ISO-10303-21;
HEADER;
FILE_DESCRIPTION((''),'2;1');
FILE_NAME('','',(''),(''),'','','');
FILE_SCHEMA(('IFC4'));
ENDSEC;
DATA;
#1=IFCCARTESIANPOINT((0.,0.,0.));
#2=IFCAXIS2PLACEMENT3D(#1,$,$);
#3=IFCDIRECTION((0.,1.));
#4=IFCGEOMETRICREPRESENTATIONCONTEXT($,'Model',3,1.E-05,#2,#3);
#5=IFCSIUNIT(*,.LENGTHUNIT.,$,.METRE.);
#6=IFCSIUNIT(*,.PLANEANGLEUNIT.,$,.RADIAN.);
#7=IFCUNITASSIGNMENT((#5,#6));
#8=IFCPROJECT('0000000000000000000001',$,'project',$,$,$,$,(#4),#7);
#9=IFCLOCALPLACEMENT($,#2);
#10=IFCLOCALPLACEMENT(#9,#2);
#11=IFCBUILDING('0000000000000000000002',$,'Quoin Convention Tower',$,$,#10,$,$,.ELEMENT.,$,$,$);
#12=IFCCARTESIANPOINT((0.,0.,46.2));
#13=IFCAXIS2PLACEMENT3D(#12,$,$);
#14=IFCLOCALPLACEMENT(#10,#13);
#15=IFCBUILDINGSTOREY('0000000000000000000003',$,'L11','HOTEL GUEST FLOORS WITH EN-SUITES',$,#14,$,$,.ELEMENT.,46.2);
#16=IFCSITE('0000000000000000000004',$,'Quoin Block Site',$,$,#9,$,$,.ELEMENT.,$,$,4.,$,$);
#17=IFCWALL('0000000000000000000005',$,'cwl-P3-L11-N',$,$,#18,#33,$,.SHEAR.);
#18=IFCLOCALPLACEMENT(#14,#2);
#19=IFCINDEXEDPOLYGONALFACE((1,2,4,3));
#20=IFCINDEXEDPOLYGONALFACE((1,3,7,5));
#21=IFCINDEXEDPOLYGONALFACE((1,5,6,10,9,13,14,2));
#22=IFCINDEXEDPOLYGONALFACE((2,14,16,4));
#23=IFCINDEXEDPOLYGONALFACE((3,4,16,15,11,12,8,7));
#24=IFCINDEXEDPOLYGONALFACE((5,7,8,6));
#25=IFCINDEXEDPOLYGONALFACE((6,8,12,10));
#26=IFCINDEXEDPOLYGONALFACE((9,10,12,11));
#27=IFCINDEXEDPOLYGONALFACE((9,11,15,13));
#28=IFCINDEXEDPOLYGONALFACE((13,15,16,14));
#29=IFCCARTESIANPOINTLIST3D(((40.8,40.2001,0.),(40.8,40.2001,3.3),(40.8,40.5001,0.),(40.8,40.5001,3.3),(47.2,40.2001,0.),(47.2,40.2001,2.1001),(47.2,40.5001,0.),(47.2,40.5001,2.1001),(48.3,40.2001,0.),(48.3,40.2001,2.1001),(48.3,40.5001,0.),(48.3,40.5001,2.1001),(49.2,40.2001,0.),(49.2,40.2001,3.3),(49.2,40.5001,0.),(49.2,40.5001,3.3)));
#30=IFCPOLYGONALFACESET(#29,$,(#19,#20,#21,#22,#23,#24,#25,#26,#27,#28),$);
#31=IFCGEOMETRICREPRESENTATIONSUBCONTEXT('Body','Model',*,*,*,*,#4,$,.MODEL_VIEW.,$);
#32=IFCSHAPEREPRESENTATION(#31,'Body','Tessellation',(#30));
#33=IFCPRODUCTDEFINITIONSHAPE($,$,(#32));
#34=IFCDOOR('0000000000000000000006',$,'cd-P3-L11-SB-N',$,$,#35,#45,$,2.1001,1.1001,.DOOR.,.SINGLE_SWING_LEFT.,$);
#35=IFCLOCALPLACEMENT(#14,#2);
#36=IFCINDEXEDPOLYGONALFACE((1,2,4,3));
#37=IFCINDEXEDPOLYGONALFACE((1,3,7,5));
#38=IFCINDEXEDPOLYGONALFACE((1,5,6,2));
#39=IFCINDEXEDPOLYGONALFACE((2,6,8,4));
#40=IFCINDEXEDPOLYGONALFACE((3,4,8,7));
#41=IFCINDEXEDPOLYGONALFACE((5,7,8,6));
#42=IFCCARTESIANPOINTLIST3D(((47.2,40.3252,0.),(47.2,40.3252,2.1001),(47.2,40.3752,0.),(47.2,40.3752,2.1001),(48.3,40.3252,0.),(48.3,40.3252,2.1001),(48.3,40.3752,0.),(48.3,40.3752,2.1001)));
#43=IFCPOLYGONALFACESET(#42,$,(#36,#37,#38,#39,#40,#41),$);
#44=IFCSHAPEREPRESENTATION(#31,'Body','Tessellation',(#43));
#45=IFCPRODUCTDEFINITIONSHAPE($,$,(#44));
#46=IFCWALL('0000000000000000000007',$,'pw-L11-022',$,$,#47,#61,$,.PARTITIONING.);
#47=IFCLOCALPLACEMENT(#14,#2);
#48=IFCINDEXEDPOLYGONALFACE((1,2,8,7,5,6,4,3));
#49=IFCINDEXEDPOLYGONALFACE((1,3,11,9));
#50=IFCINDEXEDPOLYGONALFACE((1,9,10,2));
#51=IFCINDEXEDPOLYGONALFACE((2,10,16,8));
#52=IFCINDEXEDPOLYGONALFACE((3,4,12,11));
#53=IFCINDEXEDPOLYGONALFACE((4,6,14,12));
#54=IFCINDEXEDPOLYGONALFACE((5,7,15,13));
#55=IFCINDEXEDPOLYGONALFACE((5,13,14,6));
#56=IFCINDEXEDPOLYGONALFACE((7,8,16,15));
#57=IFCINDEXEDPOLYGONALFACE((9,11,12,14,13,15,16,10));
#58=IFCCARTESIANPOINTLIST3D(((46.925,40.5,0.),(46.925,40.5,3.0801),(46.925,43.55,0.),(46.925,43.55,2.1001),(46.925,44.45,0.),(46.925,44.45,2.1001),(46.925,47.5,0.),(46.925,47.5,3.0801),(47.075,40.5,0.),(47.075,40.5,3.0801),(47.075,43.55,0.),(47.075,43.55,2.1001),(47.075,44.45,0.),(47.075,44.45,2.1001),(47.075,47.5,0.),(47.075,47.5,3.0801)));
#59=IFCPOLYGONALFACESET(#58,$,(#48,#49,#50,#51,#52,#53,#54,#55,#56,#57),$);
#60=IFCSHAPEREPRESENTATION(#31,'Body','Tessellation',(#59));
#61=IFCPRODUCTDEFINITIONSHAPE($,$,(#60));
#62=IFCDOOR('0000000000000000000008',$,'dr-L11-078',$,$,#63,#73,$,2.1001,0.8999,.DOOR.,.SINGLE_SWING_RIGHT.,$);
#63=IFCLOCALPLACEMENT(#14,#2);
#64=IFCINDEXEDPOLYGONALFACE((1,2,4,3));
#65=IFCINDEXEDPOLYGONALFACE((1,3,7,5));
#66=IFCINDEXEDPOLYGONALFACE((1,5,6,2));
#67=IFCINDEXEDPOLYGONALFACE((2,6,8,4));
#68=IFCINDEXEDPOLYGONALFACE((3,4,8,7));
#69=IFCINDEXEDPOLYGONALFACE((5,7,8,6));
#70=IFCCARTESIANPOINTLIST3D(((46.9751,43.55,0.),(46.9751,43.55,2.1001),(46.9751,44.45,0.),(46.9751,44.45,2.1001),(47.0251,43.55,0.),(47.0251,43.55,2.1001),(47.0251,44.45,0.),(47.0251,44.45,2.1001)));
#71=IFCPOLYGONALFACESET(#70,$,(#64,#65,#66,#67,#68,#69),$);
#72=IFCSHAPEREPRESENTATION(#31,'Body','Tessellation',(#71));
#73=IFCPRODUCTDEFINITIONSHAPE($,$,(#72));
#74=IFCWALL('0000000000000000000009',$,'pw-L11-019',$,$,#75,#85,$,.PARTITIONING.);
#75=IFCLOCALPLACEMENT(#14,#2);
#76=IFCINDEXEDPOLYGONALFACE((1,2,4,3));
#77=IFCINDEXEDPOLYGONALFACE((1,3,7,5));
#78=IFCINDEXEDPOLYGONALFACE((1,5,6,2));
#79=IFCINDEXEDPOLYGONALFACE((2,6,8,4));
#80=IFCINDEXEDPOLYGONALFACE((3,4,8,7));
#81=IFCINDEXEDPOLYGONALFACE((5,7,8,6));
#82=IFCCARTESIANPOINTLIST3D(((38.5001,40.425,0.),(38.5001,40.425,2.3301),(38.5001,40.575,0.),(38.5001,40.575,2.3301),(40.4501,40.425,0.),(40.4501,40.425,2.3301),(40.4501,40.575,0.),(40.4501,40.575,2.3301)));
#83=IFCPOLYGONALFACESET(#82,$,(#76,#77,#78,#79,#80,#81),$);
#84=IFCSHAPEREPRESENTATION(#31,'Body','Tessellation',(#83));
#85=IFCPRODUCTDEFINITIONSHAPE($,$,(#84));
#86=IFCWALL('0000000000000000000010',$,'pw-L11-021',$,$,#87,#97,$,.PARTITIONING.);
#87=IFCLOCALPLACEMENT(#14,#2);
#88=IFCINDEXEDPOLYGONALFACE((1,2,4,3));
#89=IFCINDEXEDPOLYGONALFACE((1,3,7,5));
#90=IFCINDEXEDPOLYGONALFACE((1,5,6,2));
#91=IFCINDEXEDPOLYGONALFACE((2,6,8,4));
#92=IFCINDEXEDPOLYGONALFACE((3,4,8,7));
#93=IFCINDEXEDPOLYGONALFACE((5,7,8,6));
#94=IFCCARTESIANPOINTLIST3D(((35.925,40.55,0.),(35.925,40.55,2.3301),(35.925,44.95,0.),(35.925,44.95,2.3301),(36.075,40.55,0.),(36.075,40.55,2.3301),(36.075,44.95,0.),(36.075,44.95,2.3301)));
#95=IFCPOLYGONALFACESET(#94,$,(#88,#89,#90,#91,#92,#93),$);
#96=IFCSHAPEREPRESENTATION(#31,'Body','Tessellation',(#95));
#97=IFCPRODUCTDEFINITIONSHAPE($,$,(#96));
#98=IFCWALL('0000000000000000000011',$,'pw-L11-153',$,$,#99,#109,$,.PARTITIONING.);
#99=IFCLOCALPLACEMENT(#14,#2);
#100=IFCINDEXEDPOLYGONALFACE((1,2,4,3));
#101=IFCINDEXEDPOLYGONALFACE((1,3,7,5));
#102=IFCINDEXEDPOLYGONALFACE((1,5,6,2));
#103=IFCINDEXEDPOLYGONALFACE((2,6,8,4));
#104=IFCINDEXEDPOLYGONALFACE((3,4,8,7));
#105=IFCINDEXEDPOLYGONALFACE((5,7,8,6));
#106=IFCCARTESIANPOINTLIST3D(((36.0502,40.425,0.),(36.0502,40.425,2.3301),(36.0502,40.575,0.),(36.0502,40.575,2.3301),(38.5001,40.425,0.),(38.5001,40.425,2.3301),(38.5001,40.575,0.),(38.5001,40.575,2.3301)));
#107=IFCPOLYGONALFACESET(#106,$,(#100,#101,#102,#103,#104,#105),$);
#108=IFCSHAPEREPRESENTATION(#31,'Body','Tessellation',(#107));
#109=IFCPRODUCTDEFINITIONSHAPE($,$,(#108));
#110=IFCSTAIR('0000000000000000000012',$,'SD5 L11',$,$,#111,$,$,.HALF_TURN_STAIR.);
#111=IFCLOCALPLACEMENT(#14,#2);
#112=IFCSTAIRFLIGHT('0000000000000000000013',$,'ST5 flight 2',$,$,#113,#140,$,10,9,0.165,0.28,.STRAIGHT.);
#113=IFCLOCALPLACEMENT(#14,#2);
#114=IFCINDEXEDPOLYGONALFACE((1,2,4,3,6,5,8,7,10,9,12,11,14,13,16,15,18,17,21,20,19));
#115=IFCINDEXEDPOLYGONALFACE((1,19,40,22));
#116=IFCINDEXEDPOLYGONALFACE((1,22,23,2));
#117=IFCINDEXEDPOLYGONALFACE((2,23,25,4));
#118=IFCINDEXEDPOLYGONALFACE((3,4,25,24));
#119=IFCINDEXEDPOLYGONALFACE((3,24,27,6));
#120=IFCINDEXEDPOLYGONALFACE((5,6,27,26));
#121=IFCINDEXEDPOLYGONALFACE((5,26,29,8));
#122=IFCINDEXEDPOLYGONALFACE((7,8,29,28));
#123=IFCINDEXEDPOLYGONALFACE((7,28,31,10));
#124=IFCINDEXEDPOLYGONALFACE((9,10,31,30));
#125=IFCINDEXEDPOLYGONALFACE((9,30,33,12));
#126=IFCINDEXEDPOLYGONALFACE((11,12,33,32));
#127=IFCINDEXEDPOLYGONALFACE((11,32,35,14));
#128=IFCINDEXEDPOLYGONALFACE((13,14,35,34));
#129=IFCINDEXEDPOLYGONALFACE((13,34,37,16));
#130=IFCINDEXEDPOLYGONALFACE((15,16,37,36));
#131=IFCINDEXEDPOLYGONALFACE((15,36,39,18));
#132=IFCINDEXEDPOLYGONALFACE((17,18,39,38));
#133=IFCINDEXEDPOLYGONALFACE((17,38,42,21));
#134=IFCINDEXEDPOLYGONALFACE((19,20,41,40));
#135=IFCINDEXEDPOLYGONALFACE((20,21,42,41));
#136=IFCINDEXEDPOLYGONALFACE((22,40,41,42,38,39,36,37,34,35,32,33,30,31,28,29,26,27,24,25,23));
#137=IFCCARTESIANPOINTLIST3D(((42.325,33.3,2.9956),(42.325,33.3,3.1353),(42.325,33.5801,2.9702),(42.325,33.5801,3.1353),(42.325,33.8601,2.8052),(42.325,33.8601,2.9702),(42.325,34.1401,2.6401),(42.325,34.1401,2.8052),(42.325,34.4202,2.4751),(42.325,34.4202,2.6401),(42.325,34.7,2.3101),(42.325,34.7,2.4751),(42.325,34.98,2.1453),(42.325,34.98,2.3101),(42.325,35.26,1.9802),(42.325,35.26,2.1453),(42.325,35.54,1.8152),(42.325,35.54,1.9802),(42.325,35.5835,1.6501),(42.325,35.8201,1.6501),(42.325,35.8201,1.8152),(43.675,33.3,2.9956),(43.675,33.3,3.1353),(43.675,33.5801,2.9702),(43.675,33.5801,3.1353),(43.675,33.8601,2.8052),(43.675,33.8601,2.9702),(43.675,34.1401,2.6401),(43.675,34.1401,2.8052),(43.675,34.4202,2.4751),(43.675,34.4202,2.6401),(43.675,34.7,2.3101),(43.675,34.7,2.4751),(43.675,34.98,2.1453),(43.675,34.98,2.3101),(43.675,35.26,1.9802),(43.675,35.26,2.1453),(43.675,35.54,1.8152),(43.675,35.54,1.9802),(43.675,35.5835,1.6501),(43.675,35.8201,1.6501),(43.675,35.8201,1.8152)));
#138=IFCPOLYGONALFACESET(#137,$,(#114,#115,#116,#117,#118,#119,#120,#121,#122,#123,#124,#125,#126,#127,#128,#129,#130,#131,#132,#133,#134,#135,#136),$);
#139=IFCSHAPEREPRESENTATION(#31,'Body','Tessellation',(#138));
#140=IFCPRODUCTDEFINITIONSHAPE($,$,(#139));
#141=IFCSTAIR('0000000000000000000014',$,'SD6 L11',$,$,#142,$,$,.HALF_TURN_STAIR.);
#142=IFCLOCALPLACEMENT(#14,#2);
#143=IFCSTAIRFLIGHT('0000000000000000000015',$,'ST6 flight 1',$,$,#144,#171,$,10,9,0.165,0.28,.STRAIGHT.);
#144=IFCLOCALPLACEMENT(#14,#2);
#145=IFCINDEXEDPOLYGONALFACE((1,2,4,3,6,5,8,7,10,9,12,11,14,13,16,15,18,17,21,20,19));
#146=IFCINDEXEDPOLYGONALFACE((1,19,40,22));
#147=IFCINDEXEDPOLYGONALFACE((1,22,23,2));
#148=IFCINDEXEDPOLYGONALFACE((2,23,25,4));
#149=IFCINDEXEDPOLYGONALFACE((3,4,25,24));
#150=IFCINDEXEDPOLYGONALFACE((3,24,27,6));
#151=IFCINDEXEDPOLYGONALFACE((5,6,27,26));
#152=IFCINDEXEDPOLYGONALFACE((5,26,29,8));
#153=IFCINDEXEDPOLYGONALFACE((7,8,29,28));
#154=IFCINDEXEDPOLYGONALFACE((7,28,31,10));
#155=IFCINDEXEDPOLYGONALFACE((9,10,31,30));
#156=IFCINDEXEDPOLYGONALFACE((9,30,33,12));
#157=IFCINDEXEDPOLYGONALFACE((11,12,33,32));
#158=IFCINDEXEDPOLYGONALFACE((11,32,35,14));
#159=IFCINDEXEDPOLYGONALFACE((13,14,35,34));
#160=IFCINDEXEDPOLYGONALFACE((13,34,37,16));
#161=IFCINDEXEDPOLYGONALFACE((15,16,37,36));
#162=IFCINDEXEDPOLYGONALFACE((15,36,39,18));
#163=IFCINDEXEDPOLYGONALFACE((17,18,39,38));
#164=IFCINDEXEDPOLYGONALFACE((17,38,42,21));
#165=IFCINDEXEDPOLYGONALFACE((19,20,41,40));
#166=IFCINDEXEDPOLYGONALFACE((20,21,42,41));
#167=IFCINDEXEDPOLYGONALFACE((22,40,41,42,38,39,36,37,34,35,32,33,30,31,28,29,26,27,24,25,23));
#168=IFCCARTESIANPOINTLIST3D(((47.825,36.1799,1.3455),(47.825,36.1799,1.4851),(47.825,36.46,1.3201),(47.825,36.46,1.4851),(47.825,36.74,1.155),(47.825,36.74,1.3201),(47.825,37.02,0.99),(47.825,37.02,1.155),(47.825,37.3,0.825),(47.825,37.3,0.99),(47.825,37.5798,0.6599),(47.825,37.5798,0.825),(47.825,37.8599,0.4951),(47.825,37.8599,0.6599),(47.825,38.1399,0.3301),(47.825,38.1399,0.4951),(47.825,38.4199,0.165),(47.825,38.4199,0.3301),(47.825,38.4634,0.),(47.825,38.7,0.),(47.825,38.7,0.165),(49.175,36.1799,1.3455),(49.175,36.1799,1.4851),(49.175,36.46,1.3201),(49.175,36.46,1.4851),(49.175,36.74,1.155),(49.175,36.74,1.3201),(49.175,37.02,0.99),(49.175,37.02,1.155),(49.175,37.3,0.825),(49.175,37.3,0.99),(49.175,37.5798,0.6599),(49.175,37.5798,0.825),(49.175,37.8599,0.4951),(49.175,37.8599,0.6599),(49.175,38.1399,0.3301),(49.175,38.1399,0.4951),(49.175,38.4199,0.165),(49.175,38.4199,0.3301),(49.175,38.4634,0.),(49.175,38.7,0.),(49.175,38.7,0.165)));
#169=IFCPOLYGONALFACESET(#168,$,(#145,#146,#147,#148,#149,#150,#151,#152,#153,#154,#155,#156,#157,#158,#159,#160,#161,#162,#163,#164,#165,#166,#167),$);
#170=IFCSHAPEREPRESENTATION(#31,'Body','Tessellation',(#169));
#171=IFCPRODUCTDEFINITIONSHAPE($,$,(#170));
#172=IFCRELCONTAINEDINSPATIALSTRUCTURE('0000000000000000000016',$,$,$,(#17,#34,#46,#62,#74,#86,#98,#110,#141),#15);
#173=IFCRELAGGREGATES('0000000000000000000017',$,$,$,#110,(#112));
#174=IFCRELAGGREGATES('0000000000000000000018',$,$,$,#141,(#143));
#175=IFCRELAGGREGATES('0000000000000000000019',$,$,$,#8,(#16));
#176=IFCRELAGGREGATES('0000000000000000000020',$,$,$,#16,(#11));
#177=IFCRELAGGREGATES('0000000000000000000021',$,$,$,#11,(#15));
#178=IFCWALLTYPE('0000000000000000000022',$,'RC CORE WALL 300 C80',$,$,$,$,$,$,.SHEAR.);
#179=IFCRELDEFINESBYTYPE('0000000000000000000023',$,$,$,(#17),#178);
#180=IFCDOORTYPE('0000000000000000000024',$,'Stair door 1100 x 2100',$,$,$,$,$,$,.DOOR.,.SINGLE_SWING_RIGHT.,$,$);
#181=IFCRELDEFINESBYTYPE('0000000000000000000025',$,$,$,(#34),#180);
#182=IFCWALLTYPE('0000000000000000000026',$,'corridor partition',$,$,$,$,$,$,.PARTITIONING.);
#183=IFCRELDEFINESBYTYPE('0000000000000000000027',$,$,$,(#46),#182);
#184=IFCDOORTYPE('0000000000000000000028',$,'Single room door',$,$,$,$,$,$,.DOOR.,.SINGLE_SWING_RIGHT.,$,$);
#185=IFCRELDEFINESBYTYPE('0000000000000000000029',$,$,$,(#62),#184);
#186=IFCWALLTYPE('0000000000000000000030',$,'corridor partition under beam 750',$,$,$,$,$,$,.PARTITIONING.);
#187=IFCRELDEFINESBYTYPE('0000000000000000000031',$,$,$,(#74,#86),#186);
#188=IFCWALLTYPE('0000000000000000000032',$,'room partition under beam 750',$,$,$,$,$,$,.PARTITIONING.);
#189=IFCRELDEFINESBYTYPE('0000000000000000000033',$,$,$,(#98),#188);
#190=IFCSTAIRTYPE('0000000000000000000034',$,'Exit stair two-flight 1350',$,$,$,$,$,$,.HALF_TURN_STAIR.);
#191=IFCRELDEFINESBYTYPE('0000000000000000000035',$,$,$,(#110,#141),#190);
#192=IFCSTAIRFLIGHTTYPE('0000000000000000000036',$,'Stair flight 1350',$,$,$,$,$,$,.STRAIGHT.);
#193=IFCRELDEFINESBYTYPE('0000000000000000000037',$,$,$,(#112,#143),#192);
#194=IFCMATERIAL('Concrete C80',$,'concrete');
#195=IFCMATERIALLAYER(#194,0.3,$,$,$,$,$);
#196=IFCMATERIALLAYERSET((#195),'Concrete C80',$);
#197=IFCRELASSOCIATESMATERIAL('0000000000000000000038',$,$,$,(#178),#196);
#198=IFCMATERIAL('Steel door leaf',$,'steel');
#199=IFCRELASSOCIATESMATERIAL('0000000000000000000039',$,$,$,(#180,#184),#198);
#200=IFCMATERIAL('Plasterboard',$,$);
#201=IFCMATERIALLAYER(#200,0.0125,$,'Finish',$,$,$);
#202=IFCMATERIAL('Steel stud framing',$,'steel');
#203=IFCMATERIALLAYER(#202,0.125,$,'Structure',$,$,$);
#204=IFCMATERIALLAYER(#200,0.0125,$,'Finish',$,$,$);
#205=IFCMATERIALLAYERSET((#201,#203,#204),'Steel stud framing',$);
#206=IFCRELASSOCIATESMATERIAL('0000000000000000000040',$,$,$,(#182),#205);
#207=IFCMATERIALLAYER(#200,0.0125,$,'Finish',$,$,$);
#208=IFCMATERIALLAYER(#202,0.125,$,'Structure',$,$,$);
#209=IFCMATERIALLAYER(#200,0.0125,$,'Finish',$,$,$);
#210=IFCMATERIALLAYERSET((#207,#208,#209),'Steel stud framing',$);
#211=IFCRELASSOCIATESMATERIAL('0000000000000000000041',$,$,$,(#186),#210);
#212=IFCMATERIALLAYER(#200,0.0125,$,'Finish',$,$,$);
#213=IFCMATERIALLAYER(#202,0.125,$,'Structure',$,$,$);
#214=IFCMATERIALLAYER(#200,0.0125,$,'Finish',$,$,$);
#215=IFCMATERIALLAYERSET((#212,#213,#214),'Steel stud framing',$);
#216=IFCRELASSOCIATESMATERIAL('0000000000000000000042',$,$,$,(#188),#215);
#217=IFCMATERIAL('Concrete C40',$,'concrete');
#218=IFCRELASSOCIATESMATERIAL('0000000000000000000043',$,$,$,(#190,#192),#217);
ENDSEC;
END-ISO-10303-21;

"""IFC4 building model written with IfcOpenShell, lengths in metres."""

from ifc_helpers import new_model, si_unit, direction, frame, frame_2d, origin, place, context, subcontext, project, spatial, polyline, rectangle, outline, extrude, material, layer, layer_set, type_object, element, fill, aggregate, save


model = new_model("IFC4")

# Units and contexts
model_context = context("Model", 3, precision=1e-05, world=origin(), true_north=direction((0.0, 1.0)))
body_context = subcontext(model_context, "Body", "Model", "MODEL_VIEW")
ifc_project = project(units=[si_unit("LENGTHUNIT", "METRE"), si_unit("PLANEANGLEUNIT", "RADIAN")], contexts=[model_context])

# Site, building, storey
site_placement = place(None, origin())
site = spatial("IfcSite", under=ifc_project, at=site_placement, Name="Quoin Block Site", CompositionType="ELEMENT", RefElevation=4.0)
building_placement = place(site_placement, origin())
building = spatial("IfcBuilding", under=site, at=building_placement, Name="Quoin Convention Tower", CompositionType="ELEMENT")
storey_placement = place(building_placement, frame((0.0, 0.0, 46.2)))
storey = spatial("IfcBuildingStorey", under=building, at=storey_placement, Name="L11", Description="HOTEL GUEST FLOORS WITH EN-SUITES", CompositionType="ELEMENT", Elevation=46.2)

# Shared definitions
ifc_material_1 = material(Name="Concrete C80", Category="concrete")

# Walls, openings, doors
ifc_layer_1 = layer(ifc_material_1, 0.3)
ifc_layer_set_1 = layer_set([ifc_layer_1], Name="Concrete C80")
wall_type_1 = type_object("IfcWallType", Name="RC CORE WALL 300 C80", PredefinedType="SHEAR", material=ifc_layer_set_1)
wall_1_placement = place(storey_placement, frame((40.8, 40.3501, 0.0), z_axis=(0.0, 0.0, 1.0), x_axis=(1.0, 0.0, 0.0)))
wall_1 = element("IfcWall", 1, at=wall_1_placement, inside=storey, type_object=wall_type_1, Name="cwl-P3-L11-N", PredefinedType="SHEAR", context=body_context, shape_type="SweptSolid", body=[
    extrude(rectangle(XDim=8.3999, YDim=0.3, at=frame_2d((4.2, 0.0))), origin(), (0.0, 0.0, 1.0), 3.3),
])
opening_1_placement = place(wall_1_placement, frame((6.3999, 0.0, 0.0)))
opening_1 = element("IfcOpeningElement", 2, at=opening_1_placement, cuts=wall_1, PredefinedType="OPENING", context=body_context, shape_type="SweptSolid", body=[
    extrude(rectangle(XDim=1.1001, YDim=2.1001, at=frame_2d((0.55, 1.05))), frame((0.0, 0.1599, 0.0), z_axis=(0.0, -1.0, 0.0), x_axis=(1.0, 0.0, 0.0)), (0.0, 0.0, 1.0), 0.3201),
])
ifc_material_2 = material(Name="Steel door leaf", Category="steel")
door_type_1 = type_object("IfcDoorType", Name="Stair door 1100 x 2100", OperationType="SINGLE_SWING_RIGHT", PredefinedType="DOOR", material=ifc_material_2)
door_1_placement = place(opening_1_placement, frame((1.1001, 0.0, 0.0), z_axis=(0.0, 0.0, 1.0), x_axis=(-1.0, 0.0, 0.0)))
door_1 = element("IfcDoor", 3, at=door_1_placement, inside=storey, type_object=door_type_1, Name="cd-P3-L11-SB-N", OperationType="SINGLE_SWING_LEFT", OverallHeight=2.1001, OverallWidth=1.1001, PredefinedType="DOOR", context=body_context, shape_type="SweptSolid", body=[
    extrude(rectangle(XDim=1.1001, YDim=2.1001, at=frame_2d((0.55, 1.05))), frame((0.0, 0.0249, 0.0), z_axis=(0.0, -1.0, 0.0), x_axis=(1.0, 0.0, 0.0)), (0.0, 0.0, 1.0), 0.05),
])
fill(opening_1, door_1)
ifc_material_3 = material(Name="Plasterboard")
ifc_layer_2 = layer(ifc_material_3, 0.0125, Name="Finish")
ifc_material_4 = material(Name="Steel stud framing", Category="steel")
ifc_layer_3 = layer(ifc_material_4, 0.125, Name="Structure")
ifc_layer_4 = layer(ifc_material_3, 0.0125, Name="Finish")
ifc_layer_set_2 = layer_set([ifc_layer_2, ifc_layer_3, ifc_layer_4], Name="Steel stud framing")
wall_type_2 = type_object("IfcWallType", Name="corridor partition", PredefinedType="PARTITIONING", material=ifc_layer_set_2)
wall_2_placement = place(storey_placement, frame((47.0, 40.5, 0.0), z_axis=(0.0, 0.0, 1.0), x_axis=(0.0, 1.0, 0.0)))
wall_2 = element("IfcWall", 4, at=wall_2_placement, inside=storey, type_object=wall_type_2, Name="pw-L11-022", PredefinedType="PARTITIONING", context=body_context, shape_type="SweptSolid", body=[
    extrude(rectangle(XDim=7.0, YDim=0.1499, at=frame_2d((3.5, 0.0))), origin(), (0.0, 0.0, 1.0), 3.0801),
])
opening_2_placement = place(wall_2_placement, frame((3.05, 0.0, 0.0)))
opening_2 = element("IfcOpeningElement", 5, at=opening_2_placement, cuts=wall_2, PredefinedType="OPENING", context=body_context, shape_type="SweptSolid", body=[
    extrude(rectangle(XDim=0.8999, YDim=2.1001, at=frame_2d((0.45, 1.05))), frame((0.0, 0.085, 0.0), z_axis=(0.0, -1.0, 0.0), x_axis=(1.0, 0.0, 0.0)), (0.0, 0.0, 1.0), 0.1699),
])
door_type_2 = type_object("IfcDoorType", Name="Single room door", OperationType="SINGLE_SWING_RIGHT", PredefinedType="DOOR", material=ifc_material_2)
door_2_placement = place(opening_2_placement, origin())
door_2 = element("IfcDoor", 6, at=door_2_placement, inside=storey, type_object=door_type_2, Name="dr-L11-078", OperationType="SINGLE_SWING_RIGHT", OverallHeight=2.1001, OverallWidth=0.8999, PredefinedType="DOOR", context=body_context, shape_type="SweptSolid", body=[
    extrude(rectangle(XDim=0.8999, YDim=2.1001, at=frame_2d((0.45, 1.05))), frame((0.0, 0.0249, 0.0), z_axis=(0.0, -1.0, 0.0), x_axis=(1.0, 0.0, 0.0)), (0.0, 0.0, 1.0), 0.05),
])
fill(opening_2, door_2)

# Walls
ifc_layer_5 = layer(ifc_material_3, 0.0125, Name="Finish")
ifc_layer_6 = layer(ifc_material_4, 0.125, Name="Structure")
ifc_layer_7 = layer(ifc_material_3, 0.0125, Name="Finish")
ifc_layer_set_3 = layer_set([ifc_layer_5, ifc_layer_6, ifc_layer_7], Name="Steel stud framing")
wall_type_3 = type_object("IfcWallType", Name="corridor partition under beam 750", PredefinedType="PARTITIONING", material=ifc_layer_set_3)
wall_3_placement = place(storey_placement, frame((38.5, 40.5, 0.0), z_axis=(0.0, 0.0, 1.0), x_axis=(1.0, 0.0, 0.0)))
element("IfcWall", 7, at=wall_3_placement, inside=storey, type_object=wall_type_3, Name="pw-L11-019", PredefinedType="PARTITIONING", context=body_context, shape_type="SweptSolid", body=[
    extrude(rectangle(XDim=1.95, YDim=0.1499, at=frame_2d((0.9751, 0.0))), origin(), (0.0, 0.0, 1.0), 2.3301),
])
wall_4_placement = place(storey_placement, frame((36.0, 40.55, 0.0), z_axis=(0.0, 0.0, 1.0), x_axis=(0.0, 1.0, 0.0)))
element("IfcWall", 8, at=wall_4_placement, inside=storey, type_object=wall_type_3, Name="pw-L11-021", PredefinedType="PARTITIONING", context=body_context, shape_type="SweptSolid", body=[
    extrude(rectangle(XDim=4.3999, YDim=0.1499, at=frame_2d((2.2, 0.0))), origin(), (0.0, 0.0, 1.0), 2.3301),
])
ifc_layer_8 = layer(ifc_material_3, 0.0125, Name="Finish")
ifc_layer_9 = layer(ifc_material_4, 0.125, Name="Structure")
ifc_layer_10 = layer(ifc_material_3, 0.0125, Name="Finish")
ifc_layer_set_4 = layer_set([ifc_layer_8, ifc_layer_9, ifc_layer_10], Name="Steel stud framing")
wall_type_4 = type_object("IfcWallType", Name="room partition under beam 750", PredefinedType="PARTITIONING", material=ifc_layer_set_4)
wall_5_placement = place(storey_placement, frame((36.05, 40.5, 0.0), z_axis=(0.0, 0.0, 1.0), x_axis=(1.0, 0.0, 0.0)))
element("IfcWall", 9, at=wall_5_placement, inside=storey, type_object=wall_type_4, Name="pw-L11-153", PredefinedType="PARTITIONING", context=body_context, shape_type="SweptSolid", body=[
    extrude(rectangle(XDim=2.45, YDim=0.1499, at=frame_2d((1.2251, 0.0))), origin(), (0.0, 0.0, 1.0), 2.3301),
])

# Stair, stair flight
ifc_material_5 = material(Name="Concrete C40", Category="concrete")
stair_type = type_object("IfcStairType", Name="Exit stair two-flight 1350", PredefinedType="HALF_TURN_STAIR", material=ifc_material_5)
stair_1_placement = place(storey_placement, origin())
stair_1 = element("IfcStair", 10, at=stair_1_placement, inside=storey, type_object=stair_type, Name="SD5 L11", PredefinedType="HALF_TURN_STAIR")
stair_flight_type = type_object("IfcStairFlightType", Name="Stair flight 1350", PredefinedType="STRAIGHT", material=ifc_material_5)
stair_flight_1_placement = place(storey_placement, frame((43.0, 35.8201, 1.6501), z_axis=(0.0, 0.0, 1.0), x_axis=(0.0, -1.0, 0.0)))
stair_flight_1 = element("IfcStairFlight", 11, at=stair_flight_1_placement, type_object=stair_flight_type, Name="ST5 flight 2", NumberOfRisers=10, NumberOfTreads=9, PredefinedType="STRAIGHT", RiserHeight=0.165, TreadLength=0.28, context=body_context, shape_type="SweptSolid", body=[
    extrude(outline(polyline([(0.0, 0.0), (0.0, 0.165), (0.28, 0.165), (0.28, 0.3301), (0.5601, 0.3301), (0.5601, 0.4951), (0.8401, 0.4951), (0.8401, 0.6599), (1.1201, 0.6599), (1.1201, 0.825), (1.3999, 0.825), (1.3999, 0.99), (1.6799, 0.99), (1.6799, 1.155), (1.96, 1.155), (1.96, 1.3201), (2.24, 1.3201), (2.24, 1.4851), (2.52, 1.4851), (2.52, 1.6499), (2.52, 1.3455), (0.2366, 0.0), (0.0, 0.0)])), frame((0.0, 0.675, 0.0), z_axis=(0.0, -1.0, 0.0), x_axis=(1.0, 0.0, 0.0)), (0.0, 0.0, 1.0), 1.3501),
])
aggregate(stair_1, [stair_flight_1])

# Stair, stair flight
stair_2_placement = place(storey_placement, origin())
stair_2 = element("IfcStair", 12, at=stair_2_placement, inside=storey, type_object=stair_type, Name="SD6 L11", PredefinedType="HALF_TURN_STAIR")
stair_flight_2_placement = place(storey_placement, frame((48.5, 38.7, 0.0), z_axis=(0.0, 0.0, 1.0), x_axis=(0.0, -1.0, 0.0)))
stair_flight_2 = element("IfcStairFlight", 13, at=stair_flight_2_placement, type_object=stair_flight_type, Name="ST6 flight 1", NumberOfRisers=10, NumberOfTreads=9, PredefinedType="STRAIGHT", RiserHeight=0.165, TreadLength=0.28, context=body_context, shape_type="SweptSolid", body=[
    extrude(outline(polyline([(0.0, 0.0), (0.0, 0.165), (0.28, 0.165), (0.28, 0.3301), (0.5601, 0.3301), (0.5601, 0.4951), (0.8401, 0.4951), (0.8401, 0.6599), (1.1201, 0.6599), (1.1201, 0.825), (1.3999, 0.825), (1.3999, 0.99), (1.6799, 0.99), (1.6799, 1.155), (1.96, 1.155), (1.96, 1.3201), (2.24, 1.3201), (2.24, 1.4851), (2.52, 1.4851), (2.52, 1.6499), (2.52, 1.3455), (0.2366, 0.0), (0.0, 0.0)])), frame((0.0, 0.675, 0.0), z_axis=(0.0, -1.0, 0.0), x_axis=(1.0, 0.0, 0.0)), (0.0, 0.0, 1.0), 1.3501),
])
aggregate(stair_2, [stair_flight_2])

save(model, "model.ifc")
